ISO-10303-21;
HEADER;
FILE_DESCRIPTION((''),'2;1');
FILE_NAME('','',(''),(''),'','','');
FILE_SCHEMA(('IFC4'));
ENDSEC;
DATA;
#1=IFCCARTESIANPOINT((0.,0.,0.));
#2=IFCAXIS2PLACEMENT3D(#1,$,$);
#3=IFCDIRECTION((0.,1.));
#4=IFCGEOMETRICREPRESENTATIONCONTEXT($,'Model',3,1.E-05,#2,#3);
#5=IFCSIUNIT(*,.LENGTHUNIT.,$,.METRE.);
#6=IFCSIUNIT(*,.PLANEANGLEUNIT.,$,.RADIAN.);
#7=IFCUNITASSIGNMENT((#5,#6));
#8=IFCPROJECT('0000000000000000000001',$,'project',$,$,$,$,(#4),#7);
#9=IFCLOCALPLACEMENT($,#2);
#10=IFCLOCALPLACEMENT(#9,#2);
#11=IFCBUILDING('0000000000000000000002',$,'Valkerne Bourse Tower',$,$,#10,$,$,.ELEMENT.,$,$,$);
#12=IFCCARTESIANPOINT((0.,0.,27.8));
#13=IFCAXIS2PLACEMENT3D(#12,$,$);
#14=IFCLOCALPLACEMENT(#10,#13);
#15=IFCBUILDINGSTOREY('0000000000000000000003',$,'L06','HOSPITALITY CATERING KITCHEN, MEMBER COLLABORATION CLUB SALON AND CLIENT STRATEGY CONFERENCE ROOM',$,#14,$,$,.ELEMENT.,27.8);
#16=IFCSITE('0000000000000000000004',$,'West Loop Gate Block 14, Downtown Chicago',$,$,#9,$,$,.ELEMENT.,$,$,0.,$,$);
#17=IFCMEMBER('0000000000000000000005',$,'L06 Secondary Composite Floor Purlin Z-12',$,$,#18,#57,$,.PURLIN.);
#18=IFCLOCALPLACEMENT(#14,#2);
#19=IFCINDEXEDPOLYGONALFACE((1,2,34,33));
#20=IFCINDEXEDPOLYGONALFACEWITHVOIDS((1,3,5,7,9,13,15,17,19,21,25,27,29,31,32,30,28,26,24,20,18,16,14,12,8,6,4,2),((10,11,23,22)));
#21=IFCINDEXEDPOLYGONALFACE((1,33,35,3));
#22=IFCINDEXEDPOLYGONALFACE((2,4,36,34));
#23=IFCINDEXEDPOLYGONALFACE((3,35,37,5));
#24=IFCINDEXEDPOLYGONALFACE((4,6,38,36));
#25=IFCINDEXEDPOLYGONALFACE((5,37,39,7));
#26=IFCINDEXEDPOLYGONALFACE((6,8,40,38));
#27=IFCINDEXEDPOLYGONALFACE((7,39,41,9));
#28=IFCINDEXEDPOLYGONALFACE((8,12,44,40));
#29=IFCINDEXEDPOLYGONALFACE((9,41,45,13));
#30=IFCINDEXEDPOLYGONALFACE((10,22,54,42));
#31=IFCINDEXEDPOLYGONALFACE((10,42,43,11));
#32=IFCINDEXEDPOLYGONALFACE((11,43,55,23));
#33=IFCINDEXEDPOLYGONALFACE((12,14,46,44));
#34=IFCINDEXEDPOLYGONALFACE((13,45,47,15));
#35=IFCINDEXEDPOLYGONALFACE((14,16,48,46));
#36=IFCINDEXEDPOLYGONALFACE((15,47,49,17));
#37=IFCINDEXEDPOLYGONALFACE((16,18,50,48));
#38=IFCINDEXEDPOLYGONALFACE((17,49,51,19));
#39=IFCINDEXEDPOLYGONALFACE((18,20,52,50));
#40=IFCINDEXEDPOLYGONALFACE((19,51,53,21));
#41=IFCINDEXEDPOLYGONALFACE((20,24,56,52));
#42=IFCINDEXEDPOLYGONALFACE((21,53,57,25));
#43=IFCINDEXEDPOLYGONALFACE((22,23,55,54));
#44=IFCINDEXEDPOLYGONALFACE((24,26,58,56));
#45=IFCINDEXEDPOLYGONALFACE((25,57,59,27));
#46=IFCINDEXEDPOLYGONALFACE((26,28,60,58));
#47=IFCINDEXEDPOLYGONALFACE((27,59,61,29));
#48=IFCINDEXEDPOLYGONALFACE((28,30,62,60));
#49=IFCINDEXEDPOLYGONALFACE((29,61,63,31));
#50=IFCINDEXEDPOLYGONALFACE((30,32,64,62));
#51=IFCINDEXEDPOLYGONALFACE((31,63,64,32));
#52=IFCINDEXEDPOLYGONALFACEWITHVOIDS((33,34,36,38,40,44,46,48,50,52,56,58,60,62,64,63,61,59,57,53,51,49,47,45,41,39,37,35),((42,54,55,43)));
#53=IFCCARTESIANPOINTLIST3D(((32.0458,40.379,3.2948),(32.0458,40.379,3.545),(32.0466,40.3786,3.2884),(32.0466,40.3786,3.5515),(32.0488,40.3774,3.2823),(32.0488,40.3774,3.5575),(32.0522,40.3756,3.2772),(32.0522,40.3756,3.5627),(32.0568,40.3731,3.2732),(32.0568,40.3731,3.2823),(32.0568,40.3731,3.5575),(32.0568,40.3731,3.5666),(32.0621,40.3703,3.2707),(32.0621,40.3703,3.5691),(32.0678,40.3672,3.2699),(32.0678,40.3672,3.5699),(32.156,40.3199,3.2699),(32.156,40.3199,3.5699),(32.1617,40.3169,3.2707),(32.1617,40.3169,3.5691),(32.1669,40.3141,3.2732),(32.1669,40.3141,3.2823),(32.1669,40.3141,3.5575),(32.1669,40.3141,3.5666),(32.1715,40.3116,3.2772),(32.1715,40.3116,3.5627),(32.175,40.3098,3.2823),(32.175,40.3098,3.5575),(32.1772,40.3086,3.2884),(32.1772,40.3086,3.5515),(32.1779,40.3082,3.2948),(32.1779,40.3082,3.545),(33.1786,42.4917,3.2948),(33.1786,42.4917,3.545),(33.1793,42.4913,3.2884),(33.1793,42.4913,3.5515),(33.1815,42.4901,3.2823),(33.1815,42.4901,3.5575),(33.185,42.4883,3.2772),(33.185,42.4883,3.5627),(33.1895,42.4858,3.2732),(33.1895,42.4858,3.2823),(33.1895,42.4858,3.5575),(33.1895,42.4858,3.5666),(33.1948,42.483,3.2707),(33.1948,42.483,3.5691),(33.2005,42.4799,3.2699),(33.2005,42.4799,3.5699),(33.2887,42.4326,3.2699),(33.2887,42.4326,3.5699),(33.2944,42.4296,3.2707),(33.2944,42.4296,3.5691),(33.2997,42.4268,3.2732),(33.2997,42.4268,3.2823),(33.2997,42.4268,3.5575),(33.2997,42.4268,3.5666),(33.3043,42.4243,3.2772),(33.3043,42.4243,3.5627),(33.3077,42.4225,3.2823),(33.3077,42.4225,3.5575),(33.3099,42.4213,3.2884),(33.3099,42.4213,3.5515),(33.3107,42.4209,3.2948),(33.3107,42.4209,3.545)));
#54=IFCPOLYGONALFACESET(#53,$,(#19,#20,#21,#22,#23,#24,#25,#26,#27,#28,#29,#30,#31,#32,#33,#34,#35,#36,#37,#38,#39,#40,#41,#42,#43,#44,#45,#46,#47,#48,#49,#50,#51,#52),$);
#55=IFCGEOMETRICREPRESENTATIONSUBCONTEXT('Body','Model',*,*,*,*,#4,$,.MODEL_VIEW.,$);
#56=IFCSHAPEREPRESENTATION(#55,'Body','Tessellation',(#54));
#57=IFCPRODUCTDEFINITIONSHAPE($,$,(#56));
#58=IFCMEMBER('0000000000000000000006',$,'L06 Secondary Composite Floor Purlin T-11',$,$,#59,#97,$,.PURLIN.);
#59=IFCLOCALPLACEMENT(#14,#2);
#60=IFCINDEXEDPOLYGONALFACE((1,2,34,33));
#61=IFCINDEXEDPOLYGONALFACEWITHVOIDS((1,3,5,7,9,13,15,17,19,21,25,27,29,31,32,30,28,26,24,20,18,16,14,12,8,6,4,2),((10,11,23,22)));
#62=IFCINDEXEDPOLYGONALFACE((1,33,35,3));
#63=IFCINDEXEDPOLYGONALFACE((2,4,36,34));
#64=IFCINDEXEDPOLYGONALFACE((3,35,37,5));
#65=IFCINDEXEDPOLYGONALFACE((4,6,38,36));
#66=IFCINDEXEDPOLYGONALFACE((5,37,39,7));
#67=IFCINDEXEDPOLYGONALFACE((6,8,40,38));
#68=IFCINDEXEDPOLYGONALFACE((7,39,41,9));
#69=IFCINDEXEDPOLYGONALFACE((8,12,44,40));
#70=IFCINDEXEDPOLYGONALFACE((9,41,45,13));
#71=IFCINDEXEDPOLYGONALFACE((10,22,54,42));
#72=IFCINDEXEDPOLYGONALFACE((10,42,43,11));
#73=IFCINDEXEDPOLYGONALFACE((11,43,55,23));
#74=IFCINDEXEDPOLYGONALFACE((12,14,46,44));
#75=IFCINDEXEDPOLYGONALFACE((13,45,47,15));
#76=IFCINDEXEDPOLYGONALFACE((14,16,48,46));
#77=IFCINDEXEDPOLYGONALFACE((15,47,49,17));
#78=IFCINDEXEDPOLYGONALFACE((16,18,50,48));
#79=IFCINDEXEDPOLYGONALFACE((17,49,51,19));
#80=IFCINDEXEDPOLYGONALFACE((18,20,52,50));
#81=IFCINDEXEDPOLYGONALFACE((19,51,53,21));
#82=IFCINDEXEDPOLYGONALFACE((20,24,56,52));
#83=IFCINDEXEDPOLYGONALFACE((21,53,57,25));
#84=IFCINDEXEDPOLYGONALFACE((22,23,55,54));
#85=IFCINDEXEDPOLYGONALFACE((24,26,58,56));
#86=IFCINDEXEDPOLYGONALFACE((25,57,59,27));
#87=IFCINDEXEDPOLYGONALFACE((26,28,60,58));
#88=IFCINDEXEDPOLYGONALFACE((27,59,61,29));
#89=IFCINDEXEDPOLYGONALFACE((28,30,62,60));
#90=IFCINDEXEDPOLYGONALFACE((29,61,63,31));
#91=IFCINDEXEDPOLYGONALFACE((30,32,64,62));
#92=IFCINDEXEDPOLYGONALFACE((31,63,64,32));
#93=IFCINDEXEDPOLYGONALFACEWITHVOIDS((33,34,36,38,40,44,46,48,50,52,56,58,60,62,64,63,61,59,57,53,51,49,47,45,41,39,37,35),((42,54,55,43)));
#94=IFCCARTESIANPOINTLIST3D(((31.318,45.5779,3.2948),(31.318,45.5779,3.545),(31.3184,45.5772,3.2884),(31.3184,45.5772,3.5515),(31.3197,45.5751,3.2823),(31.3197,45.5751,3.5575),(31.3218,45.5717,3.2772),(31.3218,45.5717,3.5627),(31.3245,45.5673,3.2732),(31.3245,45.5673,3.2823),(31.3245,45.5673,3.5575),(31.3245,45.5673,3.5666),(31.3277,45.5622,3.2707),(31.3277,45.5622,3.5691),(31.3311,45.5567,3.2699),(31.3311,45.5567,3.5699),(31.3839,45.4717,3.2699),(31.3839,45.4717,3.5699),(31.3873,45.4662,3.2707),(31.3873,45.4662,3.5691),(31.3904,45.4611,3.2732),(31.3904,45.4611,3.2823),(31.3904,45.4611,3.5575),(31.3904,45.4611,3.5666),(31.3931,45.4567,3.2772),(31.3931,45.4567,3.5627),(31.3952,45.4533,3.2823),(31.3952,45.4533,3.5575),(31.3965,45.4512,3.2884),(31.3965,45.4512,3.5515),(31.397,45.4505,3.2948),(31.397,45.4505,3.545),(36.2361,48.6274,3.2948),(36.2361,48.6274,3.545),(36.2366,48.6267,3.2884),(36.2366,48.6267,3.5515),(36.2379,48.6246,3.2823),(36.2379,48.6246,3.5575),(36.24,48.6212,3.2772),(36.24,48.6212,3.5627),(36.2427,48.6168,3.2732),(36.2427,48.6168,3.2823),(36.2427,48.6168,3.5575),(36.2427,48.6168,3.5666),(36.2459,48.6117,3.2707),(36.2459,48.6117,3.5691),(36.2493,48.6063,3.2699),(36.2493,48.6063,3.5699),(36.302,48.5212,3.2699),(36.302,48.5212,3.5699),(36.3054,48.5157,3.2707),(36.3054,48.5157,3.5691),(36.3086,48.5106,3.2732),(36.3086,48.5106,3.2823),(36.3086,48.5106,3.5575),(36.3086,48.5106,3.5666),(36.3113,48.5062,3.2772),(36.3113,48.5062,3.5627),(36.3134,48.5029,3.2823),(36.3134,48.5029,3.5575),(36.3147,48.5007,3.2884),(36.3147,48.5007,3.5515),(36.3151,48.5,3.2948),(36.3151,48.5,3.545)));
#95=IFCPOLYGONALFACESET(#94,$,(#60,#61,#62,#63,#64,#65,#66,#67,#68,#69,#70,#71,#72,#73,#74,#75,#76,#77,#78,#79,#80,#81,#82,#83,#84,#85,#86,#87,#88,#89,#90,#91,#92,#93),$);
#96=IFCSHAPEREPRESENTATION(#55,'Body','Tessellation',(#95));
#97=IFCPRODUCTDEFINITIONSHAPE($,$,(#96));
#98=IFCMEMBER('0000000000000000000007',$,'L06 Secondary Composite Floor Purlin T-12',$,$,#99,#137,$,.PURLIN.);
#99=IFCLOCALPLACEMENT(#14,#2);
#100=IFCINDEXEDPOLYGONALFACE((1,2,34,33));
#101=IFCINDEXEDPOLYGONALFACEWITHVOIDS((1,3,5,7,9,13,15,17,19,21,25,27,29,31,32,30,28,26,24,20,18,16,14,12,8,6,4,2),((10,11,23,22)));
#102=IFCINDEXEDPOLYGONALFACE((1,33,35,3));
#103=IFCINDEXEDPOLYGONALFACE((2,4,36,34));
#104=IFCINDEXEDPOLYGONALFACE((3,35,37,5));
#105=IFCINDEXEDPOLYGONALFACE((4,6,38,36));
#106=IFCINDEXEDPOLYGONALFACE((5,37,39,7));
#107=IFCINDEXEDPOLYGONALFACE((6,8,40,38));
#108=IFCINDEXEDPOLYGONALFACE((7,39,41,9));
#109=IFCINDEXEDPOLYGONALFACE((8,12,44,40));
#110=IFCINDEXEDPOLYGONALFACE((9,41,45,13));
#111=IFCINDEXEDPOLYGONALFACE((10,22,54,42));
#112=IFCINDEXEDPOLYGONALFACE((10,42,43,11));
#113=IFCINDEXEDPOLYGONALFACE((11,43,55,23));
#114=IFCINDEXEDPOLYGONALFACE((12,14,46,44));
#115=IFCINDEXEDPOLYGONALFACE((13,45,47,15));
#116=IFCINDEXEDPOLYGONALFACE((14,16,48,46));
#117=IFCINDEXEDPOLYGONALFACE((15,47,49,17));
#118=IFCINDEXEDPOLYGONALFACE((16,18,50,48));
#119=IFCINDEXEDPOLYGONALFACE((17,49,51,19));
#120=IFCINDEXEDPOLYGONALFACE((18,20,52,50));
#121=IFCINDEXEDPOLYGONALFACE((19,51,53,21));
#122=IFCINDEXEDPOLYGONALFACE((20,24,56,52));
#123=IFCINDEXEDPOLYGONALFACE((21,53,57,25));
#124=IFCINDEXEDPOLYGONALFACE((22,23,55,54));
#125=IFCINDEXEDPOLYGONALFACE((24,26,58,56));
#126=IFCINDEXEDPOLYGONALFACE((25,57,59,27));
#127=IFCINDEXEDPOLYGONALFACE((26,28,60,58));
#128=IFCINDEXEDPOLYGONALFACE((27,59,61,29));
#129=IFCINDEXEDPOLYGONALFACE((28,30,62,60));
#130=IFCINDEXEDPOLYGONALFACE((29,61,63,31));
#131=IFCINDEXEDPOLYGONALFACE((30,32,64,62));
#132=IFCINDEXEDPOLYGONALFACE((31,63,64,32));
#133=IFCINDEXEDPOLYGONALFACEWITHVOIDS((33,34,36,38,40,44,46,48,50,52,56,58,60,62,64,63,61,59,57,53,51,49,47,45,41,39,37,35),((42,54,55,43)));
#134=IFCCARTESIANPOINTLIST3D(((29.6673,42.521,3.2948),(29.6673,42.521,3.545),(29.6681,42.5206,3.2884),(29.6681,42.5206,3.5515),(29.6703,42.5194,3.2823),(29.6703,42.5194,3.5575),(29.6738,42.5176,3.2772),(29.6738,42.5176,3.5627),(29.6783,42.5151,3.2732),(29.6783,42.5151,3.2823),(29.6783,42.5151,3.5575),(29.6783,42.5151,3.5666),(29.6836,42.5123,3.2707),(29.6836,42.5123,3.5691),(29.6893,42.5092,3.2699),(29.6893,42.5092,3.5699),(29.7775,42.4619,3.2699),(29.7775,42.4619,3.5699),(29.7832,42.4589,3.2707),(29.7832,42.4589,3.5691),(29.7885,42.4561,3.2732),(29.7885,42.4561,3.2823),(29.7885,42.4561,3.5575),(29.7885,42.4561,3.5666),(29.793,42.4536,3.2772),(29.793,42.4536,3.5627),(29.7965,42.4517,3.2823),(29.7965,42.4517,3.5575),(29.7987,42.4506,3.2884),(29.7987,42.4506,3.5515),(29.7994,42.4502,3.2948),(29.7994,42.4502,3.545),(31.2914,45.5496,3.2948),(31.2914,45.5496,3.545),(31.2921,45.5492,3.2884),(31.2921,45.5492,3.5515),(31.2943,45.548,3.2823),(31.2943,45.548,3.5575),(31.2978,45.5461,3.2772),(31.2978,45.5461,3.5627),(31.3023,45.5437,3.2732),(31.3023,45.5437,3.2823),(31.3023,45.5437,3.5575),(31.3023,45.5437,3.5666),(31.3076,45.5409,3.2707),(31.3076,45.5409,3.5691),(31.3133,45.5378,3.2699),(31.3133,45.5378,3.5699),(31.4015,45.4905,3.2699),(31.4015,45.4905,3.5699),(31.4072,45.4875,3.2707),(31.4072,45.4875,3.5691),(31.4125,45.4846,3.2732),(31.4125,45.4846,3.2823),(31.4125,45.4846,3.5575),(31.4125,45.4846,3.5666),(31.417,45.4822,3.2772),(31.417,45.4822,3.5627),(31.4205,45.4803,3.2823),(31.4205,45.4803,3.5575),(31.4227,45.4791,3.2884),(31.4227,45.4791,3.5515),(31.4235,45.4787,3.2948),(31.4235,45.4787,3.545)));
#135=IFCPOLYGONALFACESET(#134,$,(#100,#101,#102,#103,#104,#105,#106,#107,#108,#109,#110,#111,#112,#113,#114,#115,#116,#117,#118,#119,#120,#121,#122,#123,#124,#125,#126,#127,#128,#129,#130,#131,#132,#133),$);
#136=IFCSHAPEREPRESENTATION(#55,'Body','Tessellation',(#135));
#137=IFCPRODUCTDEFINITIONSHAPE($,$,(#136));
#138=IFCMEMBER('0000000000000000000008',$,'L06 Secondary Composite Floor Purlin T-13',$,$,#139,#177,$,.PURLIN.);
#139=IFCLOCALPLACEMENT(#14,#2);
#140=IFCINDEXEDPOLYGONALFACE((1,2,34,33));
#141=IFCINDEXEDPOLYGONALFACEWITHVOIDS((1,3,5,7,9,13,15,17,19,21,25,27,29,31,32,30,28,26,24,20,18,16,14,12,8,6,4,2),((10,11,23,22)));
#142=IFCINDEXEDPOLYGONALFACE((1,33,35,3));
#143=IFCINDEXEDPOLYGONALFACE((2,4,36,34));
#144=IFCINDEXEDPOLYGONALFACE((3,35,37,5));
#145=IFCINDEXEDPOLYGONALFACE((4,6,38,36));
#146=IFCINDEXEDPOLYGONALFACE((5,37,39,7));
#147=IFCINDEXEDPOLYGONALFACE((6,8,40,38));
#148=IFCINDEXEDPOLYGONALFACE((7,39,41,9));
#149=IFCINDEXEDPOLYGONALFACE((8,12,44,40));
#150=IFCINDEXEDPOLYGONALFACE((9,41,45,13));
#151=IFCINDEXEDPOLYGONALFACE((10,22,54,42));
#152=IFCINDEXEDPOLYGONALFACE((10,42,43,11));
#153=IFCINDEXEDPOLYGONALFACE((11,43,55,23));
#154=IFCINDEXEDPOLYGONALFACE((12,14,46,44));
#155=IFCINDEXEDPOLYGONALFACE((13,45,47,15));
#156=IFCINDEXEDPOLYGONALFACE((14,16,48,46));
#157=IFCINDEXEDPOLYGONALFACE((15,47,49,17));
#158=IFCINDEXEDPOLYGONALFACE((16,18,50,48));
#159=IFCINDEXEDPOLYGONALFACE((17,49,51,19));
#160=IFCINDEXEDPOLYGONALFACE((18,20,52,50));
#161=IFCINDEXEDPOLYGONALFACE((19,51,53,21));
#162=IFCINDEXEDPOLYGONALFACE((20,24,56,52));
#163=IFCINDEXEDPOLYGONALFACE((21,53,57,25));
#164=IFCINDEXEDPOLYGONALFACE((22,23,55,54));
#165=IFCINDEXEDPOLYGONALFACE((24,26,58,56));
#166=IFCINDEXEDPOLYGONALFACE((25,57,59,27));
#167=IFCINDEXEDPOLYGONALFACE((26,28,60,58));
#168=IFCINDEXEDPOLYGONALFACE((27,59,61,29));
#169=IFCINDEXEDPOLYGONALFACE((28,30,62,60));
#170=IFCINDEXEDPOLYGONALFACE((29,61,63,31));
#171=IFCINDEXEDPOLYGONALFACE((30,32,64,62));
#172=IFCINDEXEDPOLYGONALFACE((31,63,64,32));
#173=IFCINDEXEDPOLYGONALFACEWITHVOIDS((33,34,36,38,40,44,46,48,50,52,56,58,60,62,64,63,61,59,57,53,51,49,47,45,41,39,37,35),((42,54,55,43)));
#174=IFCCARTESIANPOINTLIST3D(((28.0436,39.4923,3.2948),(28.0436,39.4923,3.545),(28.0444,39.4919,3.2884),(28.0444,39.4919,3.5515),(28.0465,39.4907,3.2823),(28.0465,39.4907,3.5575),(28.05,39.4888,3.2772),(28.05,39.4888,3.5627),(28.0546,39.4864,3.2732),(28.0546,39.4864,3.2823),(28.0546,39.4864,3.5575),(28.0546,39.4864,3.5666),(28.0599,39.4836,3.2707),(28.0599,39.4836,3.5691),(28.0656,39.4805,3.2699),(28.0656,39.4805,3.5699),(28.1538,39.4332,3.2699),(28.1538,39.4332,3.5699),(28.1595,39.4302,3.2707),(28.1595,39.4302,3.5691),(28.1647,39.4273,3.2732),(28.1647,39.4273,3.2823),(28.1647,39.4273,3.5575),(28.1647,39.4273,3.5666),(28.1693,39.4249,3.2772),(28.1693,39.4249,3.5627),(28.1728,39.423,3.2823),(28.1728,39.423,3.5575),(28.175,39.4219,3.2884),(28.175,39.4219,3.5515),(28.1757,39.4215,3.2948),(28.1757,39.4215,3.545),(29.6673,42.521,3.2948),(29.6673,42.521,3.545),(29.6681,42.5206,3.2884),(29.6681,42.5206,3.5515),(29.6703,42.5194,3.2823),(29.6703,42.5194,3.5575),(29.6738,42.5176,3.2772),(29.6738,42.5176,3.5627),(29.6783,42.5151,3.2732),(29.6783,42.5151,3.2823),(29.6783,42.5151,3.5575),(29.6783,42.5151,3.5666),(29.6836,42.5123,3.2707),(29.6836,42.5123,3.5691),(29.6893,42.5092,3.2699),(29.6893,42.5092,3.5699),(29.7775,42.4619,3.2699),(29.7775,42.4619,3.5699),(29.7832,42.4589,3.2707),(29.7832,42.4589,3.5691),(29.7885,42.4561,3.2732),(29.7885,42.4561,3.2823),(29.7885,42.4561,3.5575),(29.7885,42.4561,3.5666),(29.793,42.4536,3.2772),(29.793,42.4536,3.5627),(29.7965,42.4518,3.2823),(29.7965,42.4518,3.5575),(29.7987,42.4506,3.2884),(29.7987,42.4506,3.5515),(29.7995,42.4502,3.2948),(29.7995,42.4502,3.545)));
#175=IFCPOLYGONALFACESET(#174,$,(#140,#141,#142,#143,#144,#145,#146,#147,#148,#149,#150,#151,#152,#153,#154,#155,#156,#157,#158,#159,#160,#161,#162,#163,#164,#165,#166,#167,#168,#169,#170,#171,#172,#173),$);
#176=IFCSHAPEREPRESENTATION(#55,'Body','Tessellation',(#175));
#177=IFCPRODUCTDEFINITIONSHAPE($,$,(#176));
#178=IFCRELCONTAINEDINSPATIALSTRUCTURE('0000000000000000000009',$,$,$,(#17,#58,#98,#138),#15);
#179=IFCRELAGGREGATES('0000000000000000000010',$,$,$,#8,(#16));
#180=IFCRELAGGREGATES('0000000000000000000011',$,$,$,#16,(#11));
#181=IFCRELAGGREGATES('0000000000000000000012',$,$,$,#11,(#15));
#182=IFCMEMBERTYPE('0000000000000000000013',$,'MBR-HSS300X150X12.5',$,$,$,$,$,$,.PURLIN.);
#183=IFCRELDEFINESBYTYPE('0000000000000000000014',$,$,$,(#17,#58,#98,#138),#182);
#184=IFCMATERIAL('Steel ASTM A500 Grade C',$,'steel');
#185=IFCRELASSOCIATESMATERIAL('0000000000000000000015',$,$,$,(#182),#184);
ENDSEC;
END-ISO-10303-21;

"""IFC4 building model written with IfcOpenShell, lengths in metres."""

from ifc_helpers import new_model, si_unit, direction, frame, origin, origin_2d, place, context, subcontext, project, spatial, hollow_rectangle, extrude, material, material_profile, profile_set, type_object, element, save


model = new_model("IFC4")

# Units and contexts
model_context = context("Model", 3, precision=1e-05, world=origin(), true_north=direction((0.0, 1.0)))
body_context = subcontext(model_context, "Body", "Model", "MODEL_VIEW")
ifc_project = project(units=[si_unit("LENGTHUNIT", "METRE"), si_unit("PLANEANGLEUNIT", "RADIAN")], contexts=[model_context])

# Site, building, storey
site_placement = place(None, origin())
site = spatial("IfcSite", under=ifc_project, at=site_placement, Name="West Loop Gate Block 14, Downtown Chicago", CompositionType="ELEMENT", RefElevation=0.0)
building_placement = place(site_placement, origin())
building = spatial("IfcBuilding", under=site, at=building_placement, Name="Valkerne Bourse Tower", CompositionType="ELEMENT")
storey_placement = place(building_placement, frame((0.0, 0.0, 27.8)))
storey = spatial("IfcBuildingStorey", under=building, at=storey_placement, Name="L06", Description="HOSPITALITY CATERING KITCHEN, MEMBER COLLABORATION CLUB SALON AND CLIENT STRATEGY CONFERENCE ROOM", CompositionType="ELEMENT", Elevation=27.8)

# Members
ifc_material_1 = material(Name="Steel ASTM A500 Grade C", Category="steel")
ifc_material_profile_1 = material_profile(ifc_material_1, hollow_rectangle(XDim=0.1499, YDim=0.3, WallThickness=0.0125, OuterFilletRadius=0.0249, at=origin_2d()), Name="HSS300X150X12.5")
ifc_profile_set_1 = profile_set([ifc_material_profile_1], Name="Steel ASTM A500 Grade C")
member_type_1 = type_object("IfcMemberType", Name="MBR-HSS300X150X12.5", PredefinedType="PURLIN", material=ifc_profile_set_1)
member_1_placement = place(storey_placement, frame((33.2446, 42.4563, 3.4199), z_axis=(-0.472532, -0.881313, 0.0), x_axis=(0.881313, -0.472532, 0.0)))
element("IfcMember", 1, at=member_1_placement, inside=storey, type_object=member_type_1, Name="L06 Secondary Composite Floor Purlin Z-12", PredefinedType="PURLIN", context=body_context, shape_type="SweptSolid", body=[
    extrude(hollow_rectangle(XDim=0.1499, YDim=0.3, WallThickness=0.0125, OuterFilletRadius=0.0249, at=origin_2d()), origin(), (0.0, 0.0, 1.0), 2.3972),
])
member_2_placement = place(storey_placement, frame((36.2756, 48.5637, 3.4199), z_axis=(-0.849882, -0.526973, 0.0), x_axis=(0.526973, -0.849882, 0.0)))
element("IfcMember", 2, at=member_2_placement, inside=storey, type_object=member_type_1, Name="L06 Secondary Composite Floor Purlin T-11", PredefinedType="PURLIN", context=body_context, shape_type="SweptSolid", body=[
    extrude(hollow_rectangle(XDim=0.1499, YDim=0.3, WallThickness=0.0125, OuterFilletRadius=0.0249, at=origin_2d()), origin(), (0.0, 0.0, 1.0), 5.7869),
])
for number, where, z_axis, x_axis, name in (
    (3, (31.3574, 45.5142, 3.4199), (-0.472578, -0.881289, 0.0), (0.881289, -0.472578, 0.0), "L06 Secondary Composite Floor Purlin T-12"),
    (4, (29.7334, 42.4856, 3.4199), (-0.472493, -0.881334, 0.0), (0.881334, -0.472493, 0.0), "L06 Secondary Composite Floor Purlin T-13"),
):
    element("IfcMember", number, at=place(storey_placement, frame(where, z_axis=z_axis, x_axis=x_axis)), inside=storey, type_object=member_type_1, Name=name, PredefinedType="PURLIN", context=body_context, shape_type="SweptSolid", body=[
        extrude(hollow_rectangle(XDim=0.1499, YDim=0.3, WallThickness=0.0125, OuterFilletRadius=0.0249, at=origin_2d()), origin(), (0.0, 0.0, 1.0), 3.4365),
    ])

save(model, "model.ifc")
